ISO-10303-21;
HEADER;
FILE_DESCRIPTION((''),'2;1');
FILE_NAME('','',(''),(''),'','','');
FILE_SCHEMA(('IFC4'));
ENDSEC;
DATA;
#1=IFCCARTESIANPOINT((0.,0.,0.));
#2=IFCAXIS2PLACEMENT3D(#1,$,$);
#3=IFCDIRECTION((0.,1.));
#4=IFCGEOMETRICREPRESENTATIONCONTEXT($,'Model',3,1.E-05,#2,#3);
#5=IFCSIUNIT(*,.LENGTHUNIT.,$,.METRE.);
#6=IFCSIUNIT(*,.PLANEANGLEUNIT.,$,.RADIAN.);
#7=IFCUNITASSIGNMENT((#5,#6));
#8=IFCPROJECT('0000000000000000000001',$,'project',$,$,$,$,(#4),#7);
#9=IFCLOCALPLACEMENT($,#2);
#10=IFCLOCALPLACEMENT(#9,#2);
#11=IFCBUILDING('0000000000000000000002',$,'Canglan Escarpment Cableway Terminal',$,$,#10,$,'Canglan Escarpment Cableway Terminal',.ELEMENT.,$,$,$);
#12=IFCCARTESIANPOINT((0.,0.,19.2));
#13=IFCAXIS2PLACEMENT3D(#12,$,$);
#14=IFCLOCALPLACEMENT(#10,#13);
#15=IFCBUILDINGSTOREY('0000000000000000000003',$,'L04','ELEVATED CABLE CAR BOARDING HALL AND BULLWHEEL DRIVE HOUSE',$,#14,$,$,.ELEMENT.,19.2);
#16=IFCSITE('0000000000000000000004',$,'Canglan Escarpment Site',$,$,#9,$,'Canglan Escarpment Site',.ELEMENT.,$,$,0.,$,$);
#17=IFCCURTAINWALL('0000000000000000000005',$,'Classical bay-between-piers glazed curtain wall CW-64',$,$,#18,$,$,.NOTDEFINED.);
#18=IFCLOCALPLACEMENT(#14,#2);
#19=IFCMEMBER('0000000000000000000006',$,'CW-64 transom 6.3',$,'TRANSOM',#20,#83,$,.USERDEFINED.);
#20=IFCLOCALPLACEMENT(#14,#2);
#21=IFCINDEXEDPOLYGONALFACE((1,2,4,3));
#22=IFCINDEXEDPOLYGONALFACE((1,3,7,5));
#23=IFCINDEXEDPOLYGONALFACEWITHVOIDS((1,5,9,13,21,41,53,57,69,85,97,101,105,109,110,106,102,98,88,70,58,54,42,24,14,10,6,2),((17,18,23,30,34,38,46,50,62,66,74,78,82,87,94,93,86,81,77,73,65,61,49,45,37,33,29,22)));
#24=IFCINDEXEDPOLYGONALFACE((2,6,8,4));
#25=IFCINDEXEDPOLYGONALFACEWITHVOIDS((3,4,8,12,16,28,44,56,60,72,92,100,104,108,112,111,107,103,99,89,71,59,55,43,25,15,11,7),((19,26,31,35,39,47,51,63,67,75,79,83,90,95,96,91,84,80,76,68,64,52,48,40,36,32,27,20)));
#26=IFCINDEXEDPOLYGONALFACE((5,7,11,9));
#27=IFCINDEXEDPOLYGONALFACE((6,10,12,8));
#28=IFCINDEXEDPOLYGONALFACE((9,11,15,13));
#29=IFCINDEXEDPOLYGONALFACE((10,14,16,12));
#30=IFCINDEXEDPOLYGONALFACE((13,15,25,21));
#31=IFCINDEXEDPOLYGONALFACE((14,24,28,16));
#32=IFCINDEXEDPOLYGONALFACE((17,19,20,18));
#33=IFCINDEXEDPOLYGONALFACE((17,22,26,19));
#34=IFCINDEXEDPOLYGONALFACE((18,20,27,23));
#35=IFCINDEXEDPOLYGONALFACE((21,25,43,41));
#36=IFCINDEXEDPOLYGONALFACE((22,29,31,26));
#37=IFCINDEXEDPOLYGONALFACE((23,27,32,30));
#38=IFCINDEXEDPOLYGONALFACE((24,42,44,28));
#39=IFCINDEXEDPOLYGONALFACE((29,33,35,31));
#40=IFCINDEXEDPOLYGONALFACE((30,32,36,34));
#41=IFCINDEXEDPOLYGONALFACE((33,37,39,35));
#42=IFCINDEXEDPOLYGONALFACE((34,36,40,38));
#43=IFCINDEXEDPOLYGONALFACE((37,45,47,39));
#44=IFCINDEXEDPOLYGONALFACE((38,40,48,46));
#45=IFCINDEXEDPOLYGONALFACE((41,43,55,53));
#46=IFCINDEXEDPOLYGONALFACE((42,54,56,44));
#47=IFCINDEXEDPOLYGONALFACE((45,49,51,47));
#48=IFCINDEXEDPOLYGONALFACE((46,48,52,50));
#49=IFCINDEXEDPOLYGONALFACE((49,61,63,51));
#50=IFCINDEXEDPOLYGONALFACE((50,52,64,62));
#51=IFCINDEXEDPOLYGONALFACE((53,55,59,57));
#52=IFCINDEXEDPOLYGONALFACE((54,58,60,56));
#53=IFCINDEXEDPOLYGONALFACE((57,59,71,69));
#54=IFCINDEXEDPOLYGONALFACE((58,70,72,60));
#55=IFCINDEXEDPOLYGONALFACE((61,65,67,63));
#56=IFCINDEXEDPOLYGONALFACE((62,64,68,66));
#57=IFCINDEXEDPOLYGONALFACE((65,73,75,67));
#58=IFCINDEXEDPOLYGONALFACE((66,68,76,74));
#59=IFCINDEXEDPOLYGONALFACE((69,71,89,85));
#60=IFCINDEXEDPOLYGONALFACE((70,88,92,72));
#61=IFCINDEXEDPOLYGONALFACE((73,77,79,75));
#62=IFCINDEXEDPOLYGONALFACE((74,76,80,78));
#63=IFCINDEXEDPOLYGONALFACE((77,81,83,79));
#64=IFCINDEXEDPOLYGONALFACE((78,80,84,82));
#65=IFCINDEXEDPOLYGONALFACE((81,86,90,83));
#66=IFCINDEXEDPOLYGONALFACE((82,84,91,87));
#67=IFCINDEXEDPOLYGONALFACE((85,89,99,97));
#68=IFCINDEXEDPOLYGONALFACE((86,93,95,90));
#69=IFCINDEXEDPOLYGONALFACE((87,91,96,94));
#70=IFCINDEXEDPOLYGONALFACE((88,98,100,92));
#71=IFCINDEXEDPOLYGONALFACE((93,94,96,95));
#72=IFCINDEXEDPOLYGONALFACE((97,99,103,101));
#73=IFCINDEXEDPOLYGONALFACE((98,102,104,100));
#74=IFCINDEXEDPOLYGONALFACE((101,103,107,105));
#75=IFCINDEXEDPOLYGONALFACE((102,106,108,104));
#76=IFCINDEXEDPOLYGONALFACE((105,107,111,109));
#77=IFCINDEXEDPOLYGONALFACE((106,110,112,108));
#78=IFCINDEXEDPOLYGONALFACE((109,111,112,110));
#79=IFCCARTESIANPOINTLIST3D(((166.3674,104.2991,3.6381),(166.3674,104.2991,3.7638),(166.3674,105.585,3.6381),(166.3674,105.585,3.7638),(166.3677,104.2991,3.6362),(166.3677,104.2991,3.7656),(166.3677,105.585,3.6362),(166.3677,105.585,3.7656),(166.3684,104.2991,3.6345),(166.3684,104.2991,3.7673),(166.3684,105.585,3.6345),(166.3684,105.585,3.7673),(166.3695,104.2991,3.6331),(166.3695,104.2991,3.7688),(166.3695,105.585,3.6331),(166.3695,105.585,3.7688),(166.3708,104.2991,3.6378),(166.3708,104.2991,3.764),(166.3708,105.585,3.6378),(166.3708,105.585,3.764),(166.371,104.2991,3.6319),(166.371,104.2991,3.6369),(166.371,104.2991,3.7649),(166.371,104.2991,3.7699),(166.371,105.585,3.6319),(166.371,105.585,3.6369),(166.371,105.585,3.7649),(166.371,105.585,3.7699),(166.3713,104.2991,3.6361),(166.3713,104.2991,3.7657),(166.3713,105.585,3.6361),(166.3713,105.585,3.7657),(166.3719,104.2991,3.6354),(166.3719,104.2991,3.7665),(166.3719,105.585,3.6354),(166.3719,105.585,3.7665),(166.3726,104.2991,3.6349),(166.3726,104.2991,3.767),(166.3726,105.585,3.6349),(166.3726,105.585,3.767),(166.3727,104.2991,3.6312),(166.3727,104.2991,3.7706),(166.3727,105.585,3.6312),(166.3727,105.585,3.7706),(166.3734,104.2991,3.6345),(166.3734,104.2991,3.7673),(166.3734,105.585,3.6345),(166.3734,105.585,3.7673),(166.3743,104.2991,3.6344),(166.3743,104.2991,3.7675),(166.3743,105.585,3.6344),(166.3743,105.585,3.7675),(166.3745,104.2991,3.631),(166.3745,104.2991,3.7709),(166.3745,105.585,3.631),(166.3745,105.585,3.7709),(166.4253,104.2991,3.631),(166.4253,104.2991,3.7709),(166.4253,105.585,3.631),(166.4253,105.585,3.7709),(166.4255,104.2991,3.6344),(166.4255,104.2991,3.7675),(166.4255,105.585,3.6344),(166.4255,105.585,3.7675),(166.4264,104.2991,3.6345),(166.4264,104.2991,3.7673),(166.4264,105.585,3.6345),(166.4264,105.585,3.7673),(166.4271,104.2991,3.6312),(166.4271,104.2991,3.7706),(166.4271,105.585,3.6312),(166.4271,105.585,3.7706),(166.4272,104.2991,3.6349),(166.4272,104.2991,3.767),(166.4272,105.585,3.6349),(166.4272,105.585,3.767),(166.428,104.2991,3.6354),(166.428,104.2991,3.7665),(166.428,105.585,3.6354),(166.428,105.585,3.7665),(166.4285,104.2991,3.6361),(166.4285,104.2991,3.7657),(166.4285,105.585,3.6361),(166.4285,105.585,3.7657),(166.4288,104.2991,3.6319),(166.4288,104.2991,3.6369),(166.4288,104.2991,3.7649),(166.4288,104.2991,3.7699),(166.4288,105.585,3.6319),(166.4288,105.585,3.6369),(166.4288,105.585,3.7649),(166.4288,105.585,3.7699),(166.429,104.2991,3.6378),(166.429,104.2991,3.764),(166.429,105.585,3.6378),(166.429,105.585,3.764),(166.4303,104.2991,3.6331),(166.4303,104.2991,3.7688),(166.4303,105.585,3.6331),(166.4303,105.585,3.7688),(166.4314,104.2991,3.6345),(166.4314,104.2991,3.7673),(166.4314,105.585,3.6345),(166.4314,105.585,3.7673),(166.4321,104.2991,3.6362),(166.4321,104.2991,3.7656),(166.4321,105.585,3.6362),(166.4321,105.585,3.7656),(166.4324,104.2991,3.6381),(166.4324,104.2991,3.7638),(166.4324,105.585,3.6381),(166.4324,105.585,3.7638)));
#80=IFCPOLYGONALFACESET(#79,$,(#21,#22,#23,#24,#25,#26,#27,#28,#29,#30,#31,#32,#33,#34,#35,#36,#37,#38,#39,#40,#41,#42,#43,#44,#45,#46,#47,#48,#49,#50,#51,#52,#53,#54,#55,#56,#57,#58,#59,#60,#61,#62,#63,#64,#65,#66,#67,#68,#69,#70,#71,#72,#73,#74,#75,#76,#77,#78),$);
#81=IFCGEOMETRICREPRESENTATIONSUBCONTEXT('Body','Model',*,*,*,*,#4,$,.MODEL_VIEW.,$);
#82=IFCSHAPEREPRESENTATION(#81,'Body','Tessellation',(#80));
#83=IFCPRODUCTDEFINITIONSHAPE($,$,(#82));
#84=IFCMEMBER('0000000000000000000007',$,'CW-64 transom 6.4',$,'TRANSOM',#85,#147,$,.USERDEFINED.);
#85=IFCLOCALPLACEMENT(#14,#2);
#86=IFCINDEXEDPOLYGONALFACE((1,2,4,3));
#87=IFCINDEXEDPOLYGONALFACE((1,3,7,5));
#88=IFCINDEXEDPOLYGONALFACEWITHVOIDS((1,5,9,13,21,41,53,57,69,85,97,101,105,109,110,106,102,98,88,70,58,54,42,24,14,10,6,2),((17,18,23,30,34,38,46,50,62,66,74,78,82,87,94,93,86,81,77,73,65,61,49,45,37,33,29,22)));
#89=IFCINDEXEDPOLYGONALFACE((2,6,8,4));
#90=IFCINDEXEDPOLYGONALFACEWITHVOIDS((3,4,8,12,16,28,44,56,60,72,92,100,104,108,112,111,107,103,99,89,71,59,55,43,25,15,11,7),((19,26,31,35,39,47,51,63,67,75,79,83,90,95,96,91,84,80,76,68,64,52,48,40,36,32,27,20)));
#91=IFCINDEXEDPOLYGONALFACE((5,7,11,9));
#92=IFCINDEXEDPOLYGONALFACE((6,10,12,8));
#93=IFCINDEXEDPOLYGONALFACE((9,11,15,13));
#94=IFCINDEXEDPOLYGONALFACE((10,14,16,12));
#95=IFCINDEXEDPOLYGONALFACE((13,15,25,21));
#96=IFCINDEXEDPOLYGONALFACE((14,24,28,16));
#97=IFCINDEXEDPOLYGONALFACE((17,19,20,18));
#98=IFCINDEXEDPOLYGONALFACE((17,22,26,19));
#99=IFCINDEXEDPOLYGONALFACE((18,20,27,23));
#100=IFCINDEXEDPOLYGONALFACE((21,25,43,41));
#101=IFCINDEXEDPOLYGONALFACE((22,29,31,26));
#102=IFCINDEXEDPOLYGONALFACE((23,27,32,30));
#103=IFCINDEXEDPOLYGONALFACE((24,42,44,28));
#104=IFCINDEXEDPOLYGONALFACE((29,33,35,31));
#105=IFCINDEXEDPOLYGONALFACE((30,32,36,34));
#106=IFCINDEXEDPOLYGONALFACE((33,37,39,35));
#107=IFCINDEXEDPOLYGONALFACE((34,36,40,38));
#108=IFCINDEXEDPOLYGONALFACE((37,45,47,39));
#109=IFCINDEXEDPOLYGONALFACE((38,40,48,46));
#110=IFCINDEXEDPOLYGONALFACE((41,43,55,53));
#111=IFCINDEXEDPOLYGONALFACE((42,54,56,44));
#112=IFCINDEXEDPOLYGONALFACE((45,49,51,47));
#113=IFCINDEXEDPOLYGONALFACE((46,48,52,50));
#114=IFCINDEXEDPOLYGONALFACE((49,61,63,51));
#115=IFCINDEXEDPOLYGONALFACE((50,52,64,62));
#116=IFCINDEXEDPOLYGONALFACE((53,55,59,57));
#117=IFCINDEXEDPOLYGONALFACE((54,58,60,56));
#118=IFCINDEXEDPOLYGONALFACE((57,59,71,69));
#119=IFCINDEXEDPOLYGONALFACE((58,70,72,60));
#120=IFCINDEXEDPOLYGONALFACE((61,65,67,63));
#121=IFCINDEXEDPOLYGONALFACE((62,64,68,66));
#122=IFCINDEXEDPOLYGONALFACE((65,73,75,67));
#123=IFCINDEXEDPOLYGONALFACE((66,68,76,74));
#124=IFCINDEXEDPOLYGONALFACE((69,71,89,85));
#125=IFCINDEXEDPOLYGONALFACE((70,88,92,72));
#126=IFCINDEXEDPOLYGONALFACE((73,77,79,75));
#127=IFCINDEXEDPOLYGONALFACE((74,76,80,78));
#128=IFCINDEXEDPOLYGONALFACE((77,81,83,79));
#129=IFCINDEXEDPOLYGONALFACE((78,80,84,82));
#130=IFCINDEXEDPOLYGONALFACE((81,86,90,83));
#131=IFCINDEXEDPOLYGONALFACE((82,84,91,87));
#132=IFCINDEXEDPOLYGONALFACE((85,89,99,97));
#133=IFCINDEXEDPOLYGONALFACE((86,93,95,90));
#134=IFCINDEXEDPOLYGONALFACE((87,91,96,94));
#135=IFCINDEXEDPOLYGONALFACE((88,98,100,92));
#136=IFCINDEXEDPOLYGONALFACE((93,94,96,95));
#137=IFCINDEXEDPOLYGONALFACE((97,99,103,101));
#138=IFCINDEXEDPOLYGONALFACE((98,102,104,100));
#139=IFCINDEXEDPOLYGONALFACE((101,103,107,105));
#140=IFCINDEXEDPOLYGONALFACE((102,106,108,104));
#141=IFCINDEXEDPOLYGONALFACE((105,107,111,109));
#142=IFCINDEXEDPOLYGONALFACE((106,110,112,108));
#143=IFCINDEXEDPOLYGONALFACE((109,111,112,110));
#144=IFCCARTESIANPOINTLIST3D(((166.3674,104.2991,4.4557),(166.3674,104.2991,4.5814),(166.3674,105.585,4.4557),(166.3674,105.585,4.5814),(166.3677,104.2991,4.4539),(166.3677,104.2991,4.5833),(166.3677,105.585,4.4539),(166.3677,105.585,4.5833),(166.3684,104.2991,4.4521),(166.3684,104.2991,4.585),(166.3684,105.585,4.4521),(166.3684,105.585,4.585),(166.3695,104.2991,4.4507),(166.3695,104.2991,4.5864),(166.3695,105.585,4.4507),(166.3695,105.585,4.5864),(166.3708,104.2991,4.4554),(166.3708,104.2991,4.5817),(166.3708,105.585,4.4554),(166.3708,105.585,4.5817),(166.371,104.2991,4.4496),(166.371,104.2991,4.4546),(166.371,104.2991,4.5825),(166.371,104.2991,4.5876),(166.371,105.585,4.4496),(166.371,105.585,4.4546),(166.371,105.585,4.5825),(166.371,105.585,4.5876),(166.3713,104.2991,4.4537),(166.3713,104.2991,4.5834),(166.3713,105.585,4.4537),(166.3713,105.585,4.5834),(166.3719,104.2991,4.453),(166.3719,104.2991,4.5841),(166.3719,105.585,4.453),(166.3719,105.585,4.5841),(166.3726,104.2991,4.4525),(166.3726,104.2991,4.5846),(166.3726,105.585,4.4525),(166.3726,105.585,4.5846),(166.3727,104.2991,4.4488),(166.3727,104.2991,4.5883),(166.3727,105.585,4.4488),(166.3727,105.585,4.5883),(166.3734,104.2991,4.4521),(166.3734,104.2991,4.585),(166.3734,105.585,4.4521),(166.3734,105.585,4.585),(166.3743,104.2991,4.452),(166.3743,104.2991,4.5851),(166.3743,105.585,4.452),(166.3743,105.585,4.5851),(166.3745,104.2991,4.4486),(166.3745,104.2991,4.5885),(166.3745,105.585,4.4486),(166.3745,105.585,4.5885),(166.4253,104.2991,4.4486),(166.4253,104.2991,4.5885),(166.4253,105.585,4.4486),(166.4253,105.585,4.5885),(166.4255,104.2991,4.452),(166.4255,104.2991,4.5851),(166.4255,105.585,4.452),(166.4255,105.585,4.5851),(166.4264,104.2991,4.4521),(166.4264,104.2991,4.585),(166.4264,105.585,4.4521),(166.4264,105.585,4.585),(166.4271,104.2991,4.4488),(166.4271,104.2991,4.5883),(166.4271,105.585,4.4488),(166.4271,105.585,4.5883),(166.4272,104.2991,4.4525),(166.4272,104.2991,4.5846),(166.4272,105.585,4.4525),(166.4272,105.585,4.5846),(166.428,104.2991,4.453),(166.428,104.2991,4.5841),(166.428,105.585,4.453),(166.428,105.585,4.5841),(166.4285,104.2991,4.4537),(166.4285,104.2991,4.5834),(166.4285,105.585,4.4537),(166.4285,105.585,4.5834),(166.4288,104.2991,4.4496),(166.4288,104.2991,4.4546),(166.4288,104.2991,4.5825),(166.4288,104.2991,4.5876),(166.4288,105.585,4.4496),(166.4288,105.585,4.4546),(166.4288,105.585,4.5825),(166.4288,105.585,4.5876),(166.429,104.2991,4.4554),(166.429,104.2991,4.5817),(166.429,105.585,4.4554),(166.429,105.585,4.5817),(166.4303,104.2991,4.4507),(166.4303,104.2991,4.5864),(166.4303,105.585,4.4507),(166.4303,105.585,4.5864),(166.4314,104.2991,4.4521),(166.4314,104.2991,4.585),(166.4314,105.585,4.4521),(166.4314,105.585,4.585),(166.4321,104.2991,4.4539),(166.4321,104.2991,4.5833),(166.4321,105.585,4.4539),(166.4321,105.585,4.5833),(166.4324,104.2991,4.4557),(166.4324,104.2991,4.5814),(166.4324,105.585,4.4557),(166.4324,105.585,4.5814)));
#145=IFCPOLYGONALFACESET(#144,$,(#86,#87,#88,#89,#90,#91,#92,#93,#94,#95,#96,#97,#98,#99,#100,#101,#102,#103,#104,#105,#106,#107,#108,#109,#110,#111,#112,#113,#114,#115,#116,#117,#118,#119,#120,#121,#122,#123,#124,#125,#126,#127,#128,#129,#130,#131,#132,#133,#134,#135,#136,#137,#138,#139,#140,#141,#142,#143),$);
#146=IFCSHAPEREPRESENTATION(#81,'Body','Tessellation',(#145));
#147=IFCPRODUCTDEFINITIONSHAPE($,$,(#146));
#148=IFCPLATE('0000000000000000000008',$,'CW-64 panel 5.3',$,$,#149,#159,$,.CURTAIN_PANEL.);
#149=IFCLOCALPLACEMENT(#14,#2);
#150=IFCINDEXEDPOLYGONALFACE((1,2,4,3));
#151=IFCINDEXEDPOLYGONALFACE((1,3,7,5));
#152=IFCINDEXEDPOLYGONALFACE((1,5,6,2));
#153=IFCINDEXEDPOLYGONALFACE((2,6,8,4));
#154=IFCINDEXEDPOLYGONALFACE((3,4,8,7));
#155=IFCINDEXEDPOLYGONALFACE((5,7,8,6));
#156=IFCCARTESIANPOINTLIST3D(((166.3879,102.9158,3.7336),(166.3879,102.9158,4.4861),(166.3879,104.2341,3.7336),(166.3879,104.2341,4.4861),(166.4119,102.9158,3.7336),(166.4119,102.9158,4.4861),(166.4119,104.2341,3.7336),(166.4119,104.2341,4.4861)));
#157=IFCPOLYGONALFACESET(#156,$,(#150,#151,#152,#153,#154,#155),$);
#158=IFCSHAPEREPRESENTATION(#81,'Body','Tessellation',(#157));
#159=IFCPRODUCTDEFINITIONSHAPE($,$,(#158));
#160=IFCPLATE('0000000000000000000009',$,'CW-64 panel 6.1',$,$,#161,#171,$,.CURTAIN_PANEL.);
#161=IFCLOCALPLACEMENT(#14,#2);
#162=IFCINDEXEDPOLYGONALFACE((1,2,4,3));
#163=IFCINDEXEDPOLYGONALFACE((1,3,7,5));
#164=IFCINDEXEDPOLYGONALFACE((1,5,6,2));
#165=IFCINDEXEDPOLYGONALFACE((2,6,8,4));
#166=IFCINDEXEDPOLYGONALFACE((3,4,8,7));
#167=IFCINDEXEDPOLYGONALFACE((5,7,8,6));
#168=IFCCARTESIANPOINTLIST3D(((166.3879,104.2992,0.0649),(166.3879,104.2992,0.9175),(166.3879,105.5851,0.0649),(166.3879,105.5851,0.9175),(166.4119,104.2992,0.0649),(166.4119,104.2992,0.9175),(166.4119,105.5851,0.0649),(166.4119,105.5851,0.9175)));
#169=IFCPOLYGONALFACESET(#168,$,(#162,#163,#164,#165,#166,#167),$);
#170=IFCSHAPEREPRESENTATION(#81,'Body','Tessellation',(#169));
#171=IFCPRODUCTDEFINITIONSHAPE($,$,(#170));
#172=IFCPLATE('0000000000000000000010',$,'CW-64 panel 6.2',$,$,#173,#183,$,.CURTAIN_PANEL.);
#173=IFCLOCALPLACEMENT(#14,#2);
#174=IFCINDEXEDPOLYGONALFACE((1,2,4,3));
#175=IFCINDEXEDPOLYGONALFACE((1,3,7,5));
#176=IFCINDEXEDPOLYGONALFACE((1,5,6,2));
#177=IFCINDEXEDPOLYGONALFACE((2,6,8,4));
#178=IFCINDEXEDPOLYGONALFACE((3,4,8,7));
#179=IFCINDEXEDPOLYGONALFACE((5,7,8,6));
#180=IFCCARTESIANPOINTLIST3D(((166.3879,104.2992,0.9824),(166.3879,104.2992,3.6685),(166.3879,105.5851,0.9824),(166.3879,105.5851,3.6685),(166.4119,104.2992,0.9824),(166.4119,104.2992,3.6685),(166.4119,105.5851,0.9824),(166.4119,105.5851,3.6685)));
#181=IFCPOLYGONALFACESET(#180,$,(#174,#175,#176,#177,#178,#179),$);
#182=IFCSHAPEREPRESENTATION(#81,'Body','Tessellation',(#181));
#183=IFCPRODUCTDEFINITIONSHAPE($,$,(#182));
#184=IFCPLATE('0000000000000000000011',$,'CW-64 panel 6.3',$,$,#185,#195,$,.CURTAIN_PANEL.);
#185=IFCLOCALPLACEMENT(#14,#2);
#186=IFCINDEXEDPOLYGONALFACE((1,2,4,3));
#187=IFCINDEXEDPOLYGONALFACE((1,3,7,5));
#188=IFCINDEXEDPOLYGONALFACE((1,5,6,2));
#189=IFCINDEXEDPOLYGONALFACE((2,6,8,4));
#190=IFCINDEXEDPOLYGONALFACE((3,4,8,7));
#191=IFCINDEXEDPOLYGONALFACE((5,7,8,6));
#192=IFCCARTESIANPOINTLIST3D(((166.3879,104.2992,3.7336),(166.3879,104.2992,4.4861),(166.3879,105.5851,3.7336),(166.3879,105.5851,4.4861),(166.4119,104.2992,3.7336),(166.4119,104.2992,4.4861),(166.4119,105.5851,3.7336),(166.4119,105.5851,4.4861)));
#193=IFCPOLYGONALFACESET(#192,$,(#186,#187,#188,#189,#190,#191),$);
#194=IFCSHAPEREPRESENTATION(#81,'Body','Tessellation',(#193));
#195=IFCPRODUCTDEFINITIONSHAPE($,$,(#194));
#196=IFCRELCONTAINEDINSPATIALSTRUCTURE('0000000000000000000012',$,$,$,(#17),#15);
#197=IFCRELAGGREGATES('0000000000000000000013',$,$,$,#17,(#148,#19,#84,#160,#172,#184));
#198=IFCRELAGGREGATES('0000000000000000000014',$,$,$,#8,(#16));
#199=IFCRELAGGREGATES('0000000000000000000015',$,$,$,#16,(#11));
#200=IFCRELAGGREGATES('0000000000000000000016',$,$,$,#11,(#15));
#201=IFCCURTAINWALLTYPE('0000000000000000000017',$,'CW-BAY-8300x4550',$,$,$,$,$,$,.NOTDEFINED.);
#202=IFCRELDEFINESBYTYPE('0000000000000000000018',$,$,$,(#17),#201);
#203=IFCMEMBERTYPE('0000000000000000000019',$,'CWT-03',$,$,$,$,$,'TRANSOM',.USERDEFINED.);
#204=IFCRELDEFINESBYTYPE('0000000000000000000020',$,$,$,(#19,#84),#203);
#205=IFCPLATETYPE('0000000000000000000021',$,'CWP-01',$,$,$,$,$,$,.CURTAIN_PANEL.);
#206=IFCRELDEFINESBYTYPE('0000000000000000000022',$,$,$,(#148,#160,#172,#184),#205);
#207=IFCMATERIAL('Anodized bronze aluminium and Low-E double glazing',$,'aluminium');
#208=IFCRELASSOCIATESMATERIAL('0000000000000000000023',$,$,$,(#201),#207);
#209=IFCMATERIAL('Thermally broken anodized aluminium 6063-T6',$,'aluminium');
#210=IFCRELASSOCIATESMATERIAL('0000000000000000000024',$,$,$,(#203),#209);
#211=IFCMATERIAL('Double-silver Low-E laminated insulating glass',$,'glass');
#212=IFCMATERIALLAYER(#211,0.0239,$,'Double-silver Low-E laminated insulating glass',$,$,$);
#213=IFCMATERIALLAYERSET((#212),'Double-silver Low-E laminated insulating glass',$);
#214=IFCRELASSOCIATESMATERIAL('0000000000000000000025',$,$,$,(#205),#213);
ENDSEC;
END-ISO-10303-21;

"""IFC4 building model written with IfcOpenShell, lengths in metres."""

from ifc_helpers import new_model, si_unit, direction, frame, origin, origin_2d, place, context, subcontext, project, spatial, rectangle, hollow_rectangle, extrude, material, layer, layer_set, material_profile, profile_set, type_object, element, aggregate, save


model = new_model("IFC4")

# Units and contexts
model_context = context("Model", 3, precision=1e-05, world=origin(), true_north=direction((0.0, 1.0)))
body_context = subcontext(model_context, "Body", "Model", "MODEL_VIEW")
ifc_project = project(units=[si_unit("LENGTHUNIT", "METRE"), si_unit("PLANEANGLEUNIT", "RADIAN")], contexts=[model_context])

# Site, building, storey
site_placement = place(None, origin())
site = spatial("IfcSite", under=ifc_project, at=site_placement, Name="Canglan Escarpment Site", LongName="Canglan Escarpment Site", CompositionType="ELEMENT", RefElevation=0.0)
building_placement = place(site_placement, origin())
building = spatial("IfcBuilding", under=site, at=building_placement, Name="Canglan Escarpment Cableway Terminal", LongName="Canglan Escarpment Cableway Terminal", CompositionType="ELEMENT")
storey_placement = place(building_placement, frame((0.0, 0.0, 19.2)))
storey = spatial("IfcBuildingStorey", under=building, at=storey_placement, Name="L04", Description="ELEVATED CABLE CAR BOARDING HALL AND BULLWHEEL DRIVE HOUSE", CompositionType="ELEMENT", Elevation=19.2)

# Curtain wall
ifc_material_1 = material(Name="Anodized bronze aluminium and Low-E double glazing", Category="aluminium")
curtain_wall_type = type_object("IfcCurtainWallType", Name="CW-BAY-8300x4550", PredefinedType="NOTDEFINED", material=ifc_material_1)
ifc_material_2 = material(Name="Thermally broken anodized aluminium 6063-T6", Category="aluminium")
curtain_wall_1_placement = place(storey_placement, origin())
curtain_wall_1 = element("IfcCurtainWall", 1, at=curtain_wall_1_placement, inside=storey, type_object=curtain_wall_type, Name="Classical bay-between-piers glazed curtain wall CW-64", PredefinedType="NOTDEFINED")

# Members
ifc_material_profile_1 = material_profile(ifc_material_2, hollow_rectangle(XDim=0.0649, YDim=0.1399, WallThickness=0.0034, InnerFilletRadius=0.0034, OuterFilletRadius=0.0071, at=origin_2d()), Name="ALU-TRAN 65x140x3.5")
ifc_profile_set_1 = profile_set([ifc_material_profile_1], Name="Thermally broken anodized aluminium 6063-T6")
member_type_1 = type_object("IfcMemberType", Name="CWT-03", ElementType="TRANSOM", PredefinedType="USERDEFINED", material=ifc_profile_set_1)
member_1_placement = place(storey_placement, frame((166.3999, 104.2991, 3.7009), z_axis=(0.0, 1.0, 0.0), x_axis=(-1.0, 0.0, 0.0)))
member_1 = element("IfcMember", 2, at=member_1_placement, type_object=member_type_1, Name="CW-64 transom 6.3", ObjectType="TRANSOM", PredefinedType="USERDEFINED", context=body_context, shape_type="SweptSolid", body=[
    extrude(hollow_rectangle(XDim=0.0649, YDim=0.1399, WallThickness=0.0034, InnerFilletRadius=0.0034, OuterFilletRadius=0.0071, at=origin_2d()), origin(), (0.0, 0.0, 1.0), 1.2859),
])
member_2_placement = place(storey_placement, frame((166.3999, 104.2991, 4.5186), z_axis=(0.0, 1.0, 0.0), x_axis=(-1.0, 0.0, 0.0)))
member_2 = element("IfcMember", 3, at=member_2_placement, type_object=member_type_1, Name="CW-64 transom 6.4", ObjectType="TRANSOM", PredefinedType="USERDEFINED", context=body_context, shape_type="SweptSolid", body=[
    extrude(hollow_rectangle(XDim=0.0649, YDim=0.1399, WallThickness=0.0034, InnerFilletRadius=0.0034, OuterFilletRadius=0.0071, at=origin_2d()), origin(), (0.0, 0.0, 1.0), 1.2859),
])

# Plates
ifc_material_3 = material(Name="Double-silver Low-E laminated insulating glass", Category="glass")
ifc_layer_1 = layer(ifc_material_3, 0.0239, Name="Double-silver Low-E laminated insulating glass")
ifc_layer_set_1 = layer_set([ifc_layer_1], Name="Double-silver Low-E laminated insulating glass")
plate_type_1 = type_object("IfcPlateType", Name="CWP-01", PredefinedType="CURTAIN_PANEL", material=ifc_layer_set_1)
plate_1_placement = place(storey_placement, frame((166.3999, 103.575, 3.7336), z_axis=(0.0, 0.0, 1.0), x_axis=(0.0, 1.0, 0.0)))
plate_1 = element("IfcPlate", 4, at=plate_1_placement, type_object=plate_type_1, Name="CW-64 panel 5.3", PredefinedType="CURTAIN_PANEL", context=body_context, shape_type="SweptSolid", body=[
    extrude(rectangle(XDim=1.3184, YDim=0.0239, at=origin_2d()), origin(), (0.0, 0.0, 1.0), 0.7524),
])
plate_2_placement = place(storey_placement, frame((166.3999, 104.9421, 0.0649), z_axis=(0.0, 0.0, 1.0), x_axis=(0.0, 1.0, 0.0)))
plate_2 = element("IfcPlate", 5, at=plate_2_placement, type_object=plate_type_1, Name="CW-64 panel 6.1", PredefinedType="CURTAIN_PANEL", context=body_context, shape_type="SweptSolid", body=[
    extrude(rectangle(XDim=1.2859, YDim=0.0239, at=origin_2d()), origin(), (0.0, 0.0, 1.0), 0.8525),
])
plate_3_placement = place(storey_placement, frame((166.3999, 104.9421, 0.9824), z_axis=(0.0, 0.0, 1.0), x_axis=(0.0, 1.0, 0.0)))
plate_3 = element("IfcPlate", 6, at=plate_3_placement, type_object=plate_type_1, Name="CW-64 panel 6.2", PredefinedType="CURTAIN_PANEL", context=body_context, shape_type="SweptSolid", body=[
    extrude(rectangle(XDim=1.2859, YDim=0.0239, at=origin_2d()), origin(), (0.0, 0.0, 1.0), 2.686),
])
plate_4_placement = place(storey_placement, frame((166.3999, 104.9421, 3.7336), z_axis=(0.0, 0.0, 1.0), x_axis=(0.0, 1.0, 0.0)))
plate_4 = element("IfcPlate", 7, at=plate_4_placement, type_object=plate_type_1, Name="CW-64 panel 6.3", PredefinedType="CURTAIN_PANEL", context=body_context, shape_type="SweptSolid", body=[
    extrude(rectangle(XDim=1.2859, YDim=0.0239, at=origin_2d()), origin(), (0.0, 0.0, 1.0), 0.7524),
])
aggregate(curtain_wall_1, [plate_1, member_1, member_2, plate_2, plate_3, plate_4])

save(model, "model.ifc")
